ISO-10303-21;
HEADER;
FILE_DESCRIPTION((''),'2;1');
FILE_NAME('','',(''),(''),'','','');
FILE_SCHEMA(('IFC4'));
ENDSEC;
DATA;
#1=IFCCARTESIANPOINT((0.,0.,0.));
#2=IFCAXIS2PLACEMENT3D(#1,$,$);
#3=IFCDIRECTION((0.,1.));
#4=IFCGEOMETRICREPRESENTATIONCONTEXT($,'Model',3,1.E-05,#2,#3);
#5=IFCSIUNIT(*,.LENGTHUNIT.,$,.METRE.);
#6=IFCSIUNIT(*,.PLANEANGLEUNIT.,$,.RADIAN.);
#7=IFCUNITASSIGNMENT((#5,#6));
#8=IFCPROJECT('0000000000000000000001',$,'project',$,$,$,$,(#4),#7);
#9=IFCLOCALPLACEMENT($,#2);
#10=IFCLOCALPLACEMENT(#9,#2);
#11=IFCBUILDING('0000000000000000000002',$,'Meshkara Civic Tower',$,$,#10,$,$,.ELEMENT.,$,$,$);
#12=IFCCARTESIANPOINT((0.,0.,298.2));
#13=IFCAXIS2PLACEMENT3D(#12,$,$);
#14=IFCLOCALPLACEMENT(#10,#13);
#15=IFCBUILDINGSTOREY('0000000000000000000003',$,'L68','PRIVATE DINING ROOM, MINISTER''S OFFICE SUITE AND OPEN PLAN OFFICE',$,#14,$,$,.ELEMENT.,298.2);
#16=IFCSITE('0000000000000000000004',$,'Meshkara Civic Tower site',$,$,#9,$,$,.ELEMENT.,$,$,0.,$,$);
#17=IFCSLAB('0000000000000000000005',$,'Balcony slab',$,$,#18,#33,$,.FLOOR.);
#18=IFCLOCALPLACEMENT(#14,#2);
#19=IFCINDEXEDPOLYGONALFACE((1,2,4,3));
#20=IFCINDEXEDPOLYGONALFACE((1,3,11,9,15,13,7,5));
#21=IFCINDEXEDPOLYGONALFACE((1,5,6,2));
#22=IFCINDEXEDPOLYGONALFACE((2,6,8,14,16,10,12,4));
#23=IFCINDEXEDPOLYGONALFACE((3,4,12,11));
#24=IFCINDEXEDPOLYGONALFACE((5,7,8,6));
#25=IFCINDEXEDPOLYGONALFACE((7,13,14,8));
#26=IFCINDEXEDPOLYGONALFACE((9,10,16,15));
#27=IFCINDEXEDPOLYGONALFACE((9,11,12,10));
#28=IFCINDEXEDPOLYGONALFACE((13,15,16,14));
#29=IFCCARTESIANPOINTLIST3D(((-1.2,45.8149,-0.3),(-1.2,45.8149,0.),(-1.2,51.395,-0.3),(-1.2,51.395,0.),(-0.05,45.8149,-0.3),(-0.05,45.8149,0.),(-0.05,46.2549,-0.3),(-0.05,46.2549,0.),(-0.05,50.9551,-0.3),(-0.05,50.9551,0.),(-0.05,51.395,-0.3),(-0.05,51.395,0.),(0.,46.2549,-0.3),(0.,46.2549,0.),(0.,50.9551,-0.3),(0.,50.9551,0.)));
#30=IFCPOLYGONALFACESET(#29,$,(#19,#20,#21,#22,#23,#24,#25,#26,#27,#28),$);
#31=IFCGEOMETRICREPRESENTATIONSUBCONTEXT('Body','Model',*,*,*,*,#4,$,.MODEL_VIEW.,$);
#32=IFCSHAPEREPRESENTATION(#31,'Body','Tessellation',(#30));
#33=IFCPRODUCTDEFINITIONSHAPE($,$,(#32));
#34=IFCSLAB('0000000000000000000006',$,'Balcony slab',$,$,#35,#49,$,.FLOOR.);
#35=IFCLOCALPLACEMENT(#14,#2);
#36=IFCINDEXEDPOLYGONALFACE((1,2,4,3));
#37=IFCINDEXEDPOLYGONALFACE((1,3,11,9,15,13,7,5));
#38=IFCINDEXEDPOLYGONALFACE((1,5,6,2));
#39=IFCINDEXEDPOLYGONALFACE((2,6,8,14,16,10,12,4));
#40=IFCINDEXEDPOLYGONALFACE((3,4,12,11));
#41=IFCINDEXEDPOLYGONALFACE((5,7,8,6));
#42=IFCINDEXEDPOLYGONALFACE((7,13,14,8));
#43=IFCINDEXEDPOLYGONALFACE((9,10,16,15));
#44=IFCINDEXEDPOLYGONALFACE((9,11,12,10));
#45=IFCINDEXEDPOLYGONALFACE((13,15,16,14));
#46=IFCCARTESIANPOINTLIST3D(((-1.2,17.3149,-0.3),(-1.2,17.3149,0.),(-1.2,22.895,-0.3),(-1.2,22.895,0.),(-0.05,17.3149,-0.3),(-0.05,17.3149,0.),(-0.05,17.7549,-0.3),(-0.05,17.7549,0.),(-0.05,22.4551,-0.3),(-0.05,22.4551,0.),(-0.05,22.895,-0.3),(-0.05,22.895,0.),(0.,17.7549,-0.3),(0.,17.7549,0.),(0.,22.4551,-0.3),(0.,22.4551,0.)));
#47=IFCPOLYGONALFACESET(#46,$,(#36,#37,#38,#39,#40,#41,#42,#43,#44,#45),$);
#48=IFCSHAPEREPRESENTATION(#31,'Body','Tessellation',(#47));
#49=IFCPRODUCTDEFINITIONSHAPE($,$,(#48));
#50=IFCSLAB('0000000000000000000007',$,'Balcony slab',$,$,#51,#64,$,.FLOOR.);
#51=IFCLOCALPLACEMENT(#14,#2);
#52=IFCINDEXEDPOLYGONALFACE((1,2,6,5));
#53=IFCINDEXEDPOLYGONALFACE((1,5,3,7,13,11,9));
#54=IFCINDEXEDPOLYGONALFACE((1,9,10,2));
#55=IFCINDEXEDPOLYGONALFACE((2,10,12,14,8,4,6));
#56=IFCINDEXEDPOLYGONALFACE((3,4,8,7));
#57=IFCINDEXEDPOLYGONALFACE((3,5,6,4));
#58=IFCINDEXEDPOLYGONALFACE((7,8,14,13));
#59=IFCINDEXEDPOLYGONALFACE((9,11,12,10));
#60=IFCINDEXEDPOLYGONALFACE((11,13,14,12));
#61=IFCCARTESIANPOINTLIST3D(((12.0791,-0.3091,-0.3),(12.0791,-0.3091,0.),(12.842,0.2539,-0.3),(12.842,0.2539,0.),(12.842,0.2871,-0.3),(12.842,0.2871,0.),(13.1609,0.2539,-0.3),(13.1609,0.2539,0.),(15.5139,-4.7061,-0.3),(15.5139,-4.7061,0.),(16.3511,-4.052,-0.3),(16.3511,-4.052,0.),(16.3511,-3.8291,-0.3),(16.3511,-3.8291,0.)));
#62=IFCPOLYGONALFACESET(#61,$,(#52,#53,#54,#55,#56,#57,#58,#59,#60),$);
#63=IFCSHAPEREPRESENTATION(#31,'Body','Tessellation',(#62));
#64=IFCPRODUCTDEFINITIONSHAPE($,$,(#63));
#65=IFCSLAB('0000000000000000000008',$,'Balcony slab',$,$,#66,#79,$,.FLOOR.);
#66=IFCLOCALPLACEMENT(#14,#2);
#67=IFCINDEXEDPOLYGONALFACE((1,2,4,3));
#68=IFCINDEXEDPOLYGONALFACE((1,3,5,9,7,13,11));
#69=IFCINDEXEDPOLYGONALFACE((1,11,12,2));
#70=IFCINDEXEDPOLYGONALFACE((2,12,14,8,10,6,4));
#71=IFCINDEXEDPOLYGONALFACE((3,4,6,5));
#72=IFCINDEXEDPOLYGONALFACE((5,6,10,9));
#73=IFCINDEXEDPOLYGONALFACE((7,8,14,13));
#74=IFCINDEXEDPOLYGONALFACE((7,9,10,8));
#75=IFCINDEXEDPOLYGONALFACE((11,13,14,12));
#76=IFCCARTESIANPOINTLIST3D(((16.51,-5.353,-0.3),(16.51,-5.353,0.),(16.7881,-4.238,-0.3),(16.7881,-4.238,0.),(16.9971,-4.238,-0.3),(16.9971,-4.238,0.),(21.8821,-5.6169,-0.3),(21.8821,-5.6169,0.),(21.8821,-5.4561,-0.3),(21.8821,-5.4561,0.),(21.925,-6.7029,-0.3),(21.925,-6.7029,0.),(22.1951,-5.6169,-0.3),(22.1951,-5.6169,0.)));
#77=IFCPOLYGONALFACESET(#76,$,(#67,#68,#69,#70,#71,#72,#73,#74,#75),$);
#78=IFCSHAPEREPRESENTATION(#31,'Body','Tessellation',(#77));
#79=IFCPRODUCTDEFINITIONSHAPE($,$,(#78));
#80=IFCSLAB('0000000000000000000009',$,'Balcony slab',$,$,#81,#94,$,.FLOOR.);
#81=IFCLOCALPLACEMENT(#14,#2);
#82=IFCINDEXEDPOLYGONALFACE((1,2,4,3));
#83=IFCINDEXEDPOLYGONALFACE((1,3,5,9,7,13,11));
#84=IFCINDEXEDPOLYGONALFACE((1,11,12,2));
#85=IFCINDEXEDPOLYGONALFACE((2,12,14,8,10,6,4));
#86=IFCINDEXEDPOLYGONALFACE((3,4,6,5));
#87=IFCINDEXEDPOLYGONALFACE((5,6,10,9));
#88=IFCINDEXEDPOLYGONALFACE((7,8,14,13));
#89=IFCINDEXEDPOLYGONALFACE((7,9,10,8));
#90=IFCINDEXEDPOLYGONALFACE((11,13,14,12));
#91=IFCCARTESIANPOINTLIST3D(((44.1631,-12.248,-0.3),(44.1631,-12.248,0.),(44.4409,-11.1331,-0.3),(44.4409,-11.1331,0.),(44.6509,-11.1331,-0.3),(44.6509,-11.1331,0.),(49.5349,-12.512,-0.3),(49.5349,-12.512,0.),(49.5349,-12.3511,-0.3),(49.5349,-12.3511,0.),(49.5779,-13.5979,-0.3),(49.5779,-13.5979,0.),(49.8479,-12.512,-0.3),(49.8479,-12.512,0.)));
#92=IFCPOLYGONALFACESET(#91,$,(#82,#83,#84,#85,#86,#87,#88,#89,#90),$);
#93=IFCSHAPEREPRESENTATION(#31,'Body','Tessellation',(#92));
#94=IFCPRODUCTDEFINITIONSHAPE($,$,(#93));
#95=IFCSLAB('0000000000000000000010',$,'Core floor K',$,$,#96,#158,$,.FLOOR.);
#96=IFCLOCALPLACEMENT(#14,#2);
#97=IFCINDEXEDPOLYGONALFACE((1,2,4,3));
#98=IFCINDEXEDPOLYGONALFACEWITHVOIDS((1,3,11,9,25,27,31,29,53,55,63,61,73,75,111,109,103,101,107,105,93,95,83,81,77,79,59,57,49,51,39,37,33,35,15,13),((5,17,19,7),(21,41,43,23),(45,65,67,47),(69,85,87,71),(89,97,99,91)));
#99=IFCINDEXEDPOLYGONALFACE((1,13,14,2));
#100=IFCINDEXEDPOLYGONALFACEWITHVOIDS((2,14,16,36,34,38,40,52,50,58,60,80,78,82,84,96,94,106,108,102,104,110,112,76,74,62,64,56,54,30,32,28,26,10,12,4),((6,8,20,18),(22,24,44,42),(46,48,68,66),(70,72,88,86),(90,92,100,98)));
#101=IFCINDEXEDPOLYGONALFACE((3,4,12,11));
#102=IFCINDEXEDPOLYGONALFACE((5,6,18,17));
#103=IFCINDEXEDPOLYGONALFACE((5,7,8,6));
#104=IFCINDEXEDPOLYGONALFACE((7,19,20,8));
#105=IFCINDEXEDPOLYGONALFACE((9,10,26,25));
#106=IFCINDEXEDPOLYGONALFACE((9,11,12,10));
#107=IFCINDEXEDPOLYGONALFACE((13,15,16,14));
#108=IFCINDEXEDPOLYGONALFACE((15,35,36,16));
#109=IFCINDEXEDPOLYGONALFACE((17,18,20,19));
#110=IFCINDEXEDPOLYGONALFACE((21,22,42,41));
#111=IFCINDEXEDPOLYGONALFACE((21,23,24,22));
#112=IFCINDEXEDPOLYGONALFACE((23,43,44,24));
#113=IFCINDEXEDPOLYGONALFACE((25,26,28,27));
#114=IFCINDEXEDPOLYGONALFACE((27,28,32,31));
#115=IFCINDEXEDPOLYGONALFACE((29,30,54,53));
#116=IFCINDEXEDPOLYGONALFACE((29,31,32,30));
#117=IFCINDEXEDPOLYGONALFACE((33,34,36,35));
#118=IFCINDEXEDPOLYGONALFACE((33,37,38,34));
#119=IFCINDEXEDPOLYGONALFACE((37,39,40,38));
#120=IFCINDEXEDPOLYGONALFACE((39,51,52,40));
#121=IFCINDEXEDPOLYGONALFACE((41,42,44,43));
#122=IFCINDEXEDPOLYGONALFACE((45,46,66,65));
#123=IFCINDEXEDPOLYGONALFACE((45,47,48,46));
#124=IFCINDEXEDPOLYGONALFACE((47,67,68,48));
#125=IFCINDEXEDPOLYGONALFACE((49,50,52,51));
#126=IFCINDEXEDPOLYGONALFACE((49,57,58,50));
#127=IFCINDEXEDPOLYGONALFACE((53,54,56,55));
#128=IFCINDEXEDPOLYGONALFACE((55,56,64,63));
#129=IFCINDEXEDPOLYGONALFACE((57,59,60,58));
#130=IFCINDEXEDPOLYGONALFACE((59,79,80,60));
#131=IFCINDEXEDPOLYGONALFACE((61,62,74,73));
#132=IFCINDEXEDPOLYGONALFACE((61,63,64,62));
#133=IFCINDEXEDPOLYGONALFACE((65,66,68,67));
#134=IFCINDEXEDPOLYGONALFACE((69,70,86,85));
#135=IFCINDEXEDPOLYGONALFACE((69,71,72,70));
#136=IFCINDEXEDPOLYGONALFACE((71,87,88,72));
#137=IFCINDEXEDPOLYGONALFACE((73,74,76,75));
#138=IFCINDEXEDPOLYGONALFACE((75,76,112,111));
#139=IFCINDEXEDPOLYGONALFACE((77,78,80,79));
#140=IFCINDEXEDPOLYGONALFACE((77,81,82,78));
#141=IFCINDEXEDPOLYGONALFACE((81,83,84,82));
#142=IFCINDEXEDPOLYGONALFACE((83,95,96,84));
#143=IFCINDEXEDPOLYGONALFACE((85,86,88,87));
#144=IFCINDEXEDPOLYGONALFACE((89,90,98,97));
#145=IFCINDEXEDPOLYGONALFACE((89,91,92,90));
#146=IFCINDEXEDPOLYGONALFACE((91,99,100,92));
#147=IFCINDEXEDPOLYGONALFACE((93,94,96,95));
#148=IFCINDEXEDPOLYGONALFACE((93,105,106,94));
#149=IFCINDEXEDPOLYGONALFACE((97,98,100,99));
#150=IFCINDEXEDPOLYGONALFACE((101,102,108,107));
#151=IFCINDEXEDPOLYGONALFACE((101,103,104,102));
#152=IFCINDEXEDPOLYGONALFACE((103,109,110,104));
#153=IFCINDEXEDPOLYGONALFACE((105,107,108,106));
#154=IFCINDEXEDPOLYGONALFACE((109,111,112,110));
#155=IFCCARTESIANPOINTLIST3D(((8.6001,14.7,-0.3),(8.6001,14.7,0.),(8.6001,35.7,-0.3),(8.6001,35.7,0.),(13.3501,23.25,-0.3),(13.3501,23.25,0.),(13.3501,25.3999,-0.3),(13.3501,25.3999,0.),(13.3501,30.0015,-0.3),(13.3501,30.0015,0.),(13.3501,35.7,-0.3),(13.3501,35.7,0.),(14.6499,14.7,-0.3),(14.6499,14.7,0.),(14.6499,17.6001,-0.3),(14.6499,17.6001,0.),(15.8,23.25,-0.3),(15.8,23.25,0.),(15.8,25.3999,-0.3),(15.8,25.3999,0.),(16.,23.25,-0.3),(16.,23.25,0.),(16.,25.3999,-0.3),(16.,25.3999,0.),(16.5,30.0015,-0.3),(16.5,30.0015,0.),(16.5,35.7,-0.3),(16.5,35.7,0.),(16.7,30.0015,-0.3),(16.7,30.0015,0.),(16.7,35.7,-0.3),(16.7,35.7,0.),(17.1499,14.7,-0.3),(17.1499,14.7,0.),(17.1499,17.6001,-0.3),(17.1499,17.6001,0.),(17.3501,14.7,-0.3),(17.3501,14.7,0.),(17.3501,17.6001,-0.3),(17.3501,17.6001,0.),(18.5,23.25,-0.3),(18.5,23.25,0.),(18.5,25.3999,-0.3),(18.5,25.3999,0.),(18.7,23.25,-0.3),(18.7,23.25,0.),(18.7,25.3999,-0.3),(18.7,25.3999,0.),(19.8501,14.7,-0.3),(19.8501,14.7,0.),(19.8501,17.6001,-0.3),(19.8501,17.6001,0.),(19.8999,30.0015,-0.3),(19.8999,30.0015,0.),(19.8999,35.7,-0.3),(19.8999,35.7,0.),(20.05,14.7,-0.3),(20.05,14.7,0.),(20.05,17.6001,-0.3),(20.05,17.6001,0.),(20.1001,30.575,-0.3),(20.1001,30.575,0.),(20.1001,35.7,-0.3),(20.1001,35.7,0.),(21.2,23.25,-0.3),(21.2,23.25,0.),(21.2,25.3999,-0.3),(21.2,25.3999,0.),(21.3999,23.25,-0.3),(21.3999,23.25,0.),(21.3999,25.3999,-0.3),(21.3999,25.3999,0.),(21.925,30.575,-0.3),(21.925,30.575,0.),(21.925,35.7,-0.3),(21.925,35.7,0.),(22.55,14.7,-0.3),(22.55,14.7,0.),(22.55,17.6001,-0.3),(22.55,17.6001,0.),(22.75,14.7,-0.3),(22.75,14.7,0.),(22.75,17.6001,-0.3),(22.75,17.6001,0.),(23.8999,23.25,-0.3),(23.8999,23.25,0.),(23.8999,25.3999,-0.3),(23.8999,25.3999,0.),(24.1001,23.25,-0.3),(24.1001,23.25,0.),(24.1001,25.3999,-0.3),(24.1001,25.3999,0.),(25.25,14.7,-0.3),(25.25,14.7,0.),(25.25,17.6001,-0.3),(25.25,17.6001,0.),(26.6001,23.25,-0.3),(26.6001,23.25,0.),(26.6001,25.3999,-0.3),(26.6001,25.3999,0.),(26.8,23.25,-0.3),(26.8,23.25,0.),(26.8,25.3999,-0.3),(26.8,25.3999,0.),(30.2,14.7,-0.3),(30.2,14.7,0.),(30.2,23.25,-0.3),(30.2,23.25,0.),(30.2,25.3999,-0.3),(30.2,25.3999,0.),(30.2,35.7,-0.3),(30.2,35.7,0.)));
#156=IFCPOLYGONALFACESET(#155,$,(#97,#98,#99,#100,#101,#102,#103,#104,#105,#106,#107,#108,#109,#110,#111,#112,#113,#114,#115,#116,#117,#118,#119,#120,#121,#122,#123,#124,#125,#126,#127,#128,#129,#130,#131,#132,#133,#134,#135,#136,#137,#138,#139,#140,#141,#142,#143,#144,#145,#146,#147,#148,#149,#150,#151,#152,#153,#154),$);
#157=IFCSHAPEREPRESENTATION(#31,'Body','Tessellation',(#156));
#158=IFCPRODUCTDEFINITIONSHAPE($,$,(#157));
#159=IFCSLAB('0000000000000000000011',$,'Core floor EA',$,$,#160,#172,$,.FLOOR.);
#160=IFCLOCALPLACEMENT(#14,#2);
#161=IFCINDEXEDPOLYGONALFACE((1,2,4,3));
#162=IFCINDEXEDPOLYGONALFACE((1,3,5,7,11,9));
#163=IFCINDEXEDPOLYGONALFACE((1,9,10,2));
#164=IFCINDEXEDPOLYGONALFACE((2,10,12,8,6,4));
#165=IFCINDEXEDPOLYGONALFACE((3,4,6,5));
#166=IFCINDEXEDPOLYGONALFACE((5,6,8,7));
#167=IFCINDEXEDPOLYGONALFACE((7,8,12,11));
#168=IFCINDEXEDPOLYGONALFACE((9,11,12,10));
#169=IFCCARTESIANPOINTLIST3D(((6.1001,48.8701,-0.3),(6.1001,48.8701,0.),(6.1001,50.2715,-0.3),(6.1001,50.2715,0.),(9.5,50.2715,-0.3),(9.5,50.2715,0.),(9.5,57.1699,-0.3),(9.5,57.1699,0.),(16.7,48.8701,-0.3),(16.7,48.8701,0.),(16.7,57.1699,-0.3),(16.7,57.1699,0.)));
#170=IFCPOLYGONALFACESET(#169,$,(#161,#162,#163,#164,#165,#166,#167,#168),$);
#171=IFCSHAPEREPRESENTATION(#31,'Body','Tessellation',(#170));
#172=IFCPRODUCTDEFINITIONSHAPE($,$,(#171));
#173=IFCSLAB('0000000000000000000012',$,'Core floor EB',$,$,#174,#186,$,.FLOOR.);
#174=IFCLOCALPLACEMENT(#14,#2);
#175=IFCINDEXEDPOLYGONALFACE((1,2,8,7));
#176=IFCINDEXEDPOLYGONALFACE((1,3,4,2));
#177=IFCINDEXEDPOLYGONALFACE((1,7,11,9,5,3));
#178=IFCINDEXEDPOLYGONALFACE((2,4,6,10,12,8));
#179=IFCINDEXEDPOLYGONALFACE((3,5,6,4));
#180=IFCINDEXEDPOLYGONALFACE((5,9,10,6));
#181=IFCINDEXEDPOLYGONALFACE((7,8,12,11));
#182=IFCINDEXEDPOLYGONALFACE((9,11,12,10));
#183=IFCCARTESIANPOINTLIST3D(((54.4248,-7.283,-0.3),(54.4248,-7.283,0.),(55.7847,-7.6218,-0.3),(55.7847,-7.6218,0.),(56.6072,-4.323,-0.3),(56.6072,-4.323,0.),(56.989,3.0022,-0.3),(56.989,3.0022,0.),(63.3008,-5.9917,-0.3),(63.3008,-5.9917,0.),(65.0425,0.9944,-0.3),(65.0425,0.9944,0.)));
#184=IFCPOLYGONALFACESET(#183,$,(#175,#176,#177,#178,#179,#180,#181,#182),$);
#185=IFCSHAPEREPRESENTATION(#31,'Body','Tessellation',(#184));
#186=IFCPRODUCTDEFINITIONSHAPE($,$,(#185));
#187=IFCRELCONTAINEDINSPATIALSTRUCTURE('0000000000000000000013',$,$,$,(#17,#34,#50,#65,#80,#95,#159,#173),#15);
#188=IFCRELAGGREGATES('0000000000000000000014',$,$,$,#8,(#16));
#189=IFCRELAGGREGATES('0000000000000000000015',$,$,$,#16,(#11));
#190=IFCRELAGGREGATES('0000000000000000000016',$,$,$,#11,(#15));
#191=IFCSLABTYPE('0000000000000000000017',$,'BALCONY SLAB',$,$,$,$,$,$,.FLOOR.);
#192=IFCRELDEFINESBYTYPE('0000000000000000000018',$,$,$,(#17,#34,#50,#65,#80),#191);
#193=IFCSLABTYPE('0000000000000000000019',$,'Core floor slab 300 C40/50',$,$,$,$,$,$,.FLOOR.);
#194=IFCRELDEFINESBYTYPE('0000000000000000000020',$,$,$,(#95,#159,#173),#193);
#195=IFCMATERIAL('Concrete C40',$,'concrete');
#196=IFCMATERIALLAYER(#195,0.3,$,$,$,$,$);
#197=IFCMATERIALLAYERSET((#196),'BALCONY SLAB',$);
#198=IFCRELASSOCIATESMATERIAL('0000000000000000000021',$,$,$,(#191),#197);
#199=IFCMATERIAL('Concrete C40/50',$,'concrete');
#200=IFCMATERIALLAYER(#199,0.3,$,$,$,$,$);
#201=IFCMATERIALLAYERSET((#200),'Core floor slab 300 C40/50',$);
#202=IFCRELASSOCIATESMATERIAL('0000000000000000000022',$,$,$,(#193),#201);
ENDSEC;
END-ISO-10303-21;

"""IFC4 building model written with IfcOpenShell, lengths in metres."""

from ifc_helpers import new_model, si_unit, direction, frame, origin, place, context, subcontext, project, spatial, polyline, outline, extrude, material, layer, layer_set, type_object, element, save


model = new_model("IFC4")

# Units and contexts
model_context = context("Model", 3, precision=1e-05, world=origin(), true_north=direction((0.0, 1.0)))
body_context = subcontext(model_context, "Body", "Model", "MODEL_VIEW")
ifc_project = project(units=[si_unit("LENGTHUNIT", "METRE"), si_unit("PLANEANGLEUNIT", "RADIAN")], contexts=[model_context])

# Site, building, storey
site_placement = place(None, origin())
site = spatial("IfcSite", under=ifc_project, at=site_placement, Name="Meshkara Civic Tower site", CompositionType="ELEMENT", RefElevation=0.0)
building_placement = place(site_placement, origin())
building = spatial("IfcBuilding", under=site, at=building_placement, Name="Meshkara Civic Tower", CompositionType="ELEMENT")
storey_placement = place(building_placement, frame((0.0, 0.0, 298.2)))
storey = spatial("IfcBuildingStorey", under=building, at=storey_placement, Name="L68", Description="PRIVATE DINING ROOM, MINISTER'S OFFICE SUITE AND OPEN PLAN OFFICE", CompositionType="ELEMENT", Elevation=298.2)

# Slabs
ifc_material_1 = material(Name="Concrete C40", Category="concrete")
ifc_layer_1 = layer(ifc_material_1, 0.3)
ifc_layer_set_1 = layer_set([ifc_layer_1], Name="BALCONY SLAB")
slab_type_1 = type_object("IfcSlabType", Name="BALCONY SLAB", PredefinedType="FLOOR", material=ifc_layer_set_1)
slab_1_placement = place(storey_placement, frame((0.0, 0.0, -0.3)))
element("IfcSlab", 1, at=slab_1_placement, inside=storey, type_object=slab_type_1, Name="Balcony slab", PredefinedType="FLOOR", context=body_context, shape_type="SweptSolid", body=[
    extrude(outline(polyline([(-1.2, 45.8149), (-1.2, 51.395), (-0.05, 51.395), (-0.05, 50.9551), (0.0, 50.9551), (0.0, 46.2549), (-0.05, 46.2549), (-0.05, 45.8149), (-1.2, 45.8149)])), origin(), (0.0, 0.0, 1.0), 0.3),
])
slab_2_placement = place(storey_placement, frame((0.0, 0.0, -0.3)))
element("IfcSlab", 2, at=slab_2_placement, inside=storey, type_object=slab_type_1, Name="Balcony slab", PredefinedType="FLOOR", context=body_context, shape_type="SweptSolid", body=[
    extrude(outline(polyline([(-1.2, 17.3149), (-1.2, 22.895), (-0.05, 22.895), (-0.05, 22.4551), (0.0, 22.4551), (0.0, 17.7549), (-0.05, 17.7549), (-0.05, 17.3149), (-1.2, 17.3149)])), origin(), (0.0, 0.0, 1.0), 0.3),
])
slab_3_placement = place(storey_placement, frame((0.0, 0.0, -0.3)))
element("IfcSlab", 3, at=slab_3_placement, inside=storey, type_object=slab_type_1, Name="Balcony slab", PredefinedType="FLOOR", context=body_context, shape_type="SweptSolid", body=[
    extrude(outline(polyline([(15.5139, -4.7061), (12.0791, -0.3091), (12.842, 0.2871), (12.842, 0.2539), (13.1609, 0.2539), (16.3511, -3.8291), (16.3511, -4.052), (15.5139, -4.7061)])), origin(), (0.0, 0.0, 1.0), 0.3),
])
slab_4_placement = place(storey_placement, frame((0.0, 0.0, -0.3)))
element("IfcSlab", 4, at=slab_4_placement, inside=storey, type_object=slab_type_1, Name="Balcony slab", PredefinedType="FLOOR", context=body_context, shape_type="SweptSolid", body=[
    extrude(outline(polyline([(21.925, -6.7029), (16.51, -5.353), (16.7881, -4.238), (16.9971, -4.238), (21.8821, -5.4561), (21.8821, -5.6169), (22.1951, -5.6169), (21.925, -6.7029)])), origin(), (0.0, 0.0, 1.0), 0.3),
])
slab_5_placement = place(storey_placement, frame((0.0, 0.0, -0.3)))
element("IfcSlab", 5, at=slab_5_placement, inside=storey, type_object=slab_type_1, Name="Balcony slab", PredefinedType="FLOOR", context=body_context, shape_type="SweptSolid", body=[
    extrude(outline(polyline([(49.5779, -13.5979), (44.1631, -12.248), (44.4409, -11.1331), (44.6509, -11.1331), (49.5349, -12.3511), (49.5349, -12.512), (49.8479, -12.512), (49.5779, -13.5979)])), origin(), (0.0, 0.0, 1.0), 0.3),
])
ifc_material_2 = material(Name="Concrete C40/50", Category="concrete")
ifc_layer_2 = layer(ifc_material_2, 0.3)
ifc_layer_set_2 = layer_set([ifc_layer_2], Name="Core floor slab 300 C40/50")
slab_type_2 = type_object("IfcSlabType", Name="Core floor slab 300 C40/50", PredefinedType="FLOOR", material=ifc_layer_set_2)
slab_6_placement = place(storey_placement, frame((0.0, 0.0, -0.3)))
element("IfcSlab", 6, at=slab_6_placement, inside=storey, type_object=slab_type_2, Name="Core floor K", PredefinedType="FLOOR", context=body_context, shape_type="SweptSolid", body=[
    extrude(outline(polyline([(8.6001, 35.7), (13.3501, 35.7), (13.3501, 30.0015), (16.5, 30.0015), (16.5, 35.7), (16.7, 35.7), (16.7, 30.0015), (19.8999, 30.0015), (19.8999, 35.7), (20.1001, 35.7), (20.1001, 30.575), (21.925, 30.575), (21.925, 35.7), (30.2, 35.7), (30.2, 25.3999), (26.8, 25.3999), (26.8, 23.25), (30.2, 23.25), (30.2, 14.7), (25.25, 14.7), (25.25, 17.6001), (22.75, 17.6001), (22.75, 14.7), (22.55, 14.7), (22.55, 17.6001), (20.05, 17.6001), (20.05, 14.7), (19.8501, 14.7), (19.8501, 17.6001), (17.3501, 17.6001), (17.3501, 14.7), (17.1499, 14.7), (17.1499, 17.6001), (14.6499, 17.6001), (14.6499, 14.7), (8.6001, 14.7), (8.6001, 35.7)]), holes=[polyline([(13.3501, 25.3999), (13.3501, 23.25), (15.8, 23.25), (15.8, 25.3999), (13.3501, 25.3999)]), polyline([(18.5, 25.3999), (16.0, 25.3999), (16.0, 23.25), (18.5, 23.25), (18.5, 25.3999)]), polyline([(18.7, 25.3999), (18.7, 23.25), (21.2, 23.25), (21.2, 25.3999), (18.7, 25.3999)]), polyline([(23.8999, 23.25), (23.8999, 25.3999), (21.3999, 25.3999), (21.3999, 23.25), (23.8999, 23.25)]), polyline([(26.6001, 25.3999), (24.1001, 25.3999), (24.1001, 23.25), (26.6001, 23.25), (26.6001, 25.3999)])]), origin(), (0.0, 0.0, 1.0), 0.3),
])
slab_7_placement = place(storey_placement, frame((0.0, 0.0, -0.3)))
element("IfcSlab", 7, at=slab_7_placement, inside=storey, type_object=slab_type_2, Name="Core floor EA", PredefinedType="FLOOR", context=body_context, shape_type="SweptSolid", body=[
    extrude(outline(polyline([(16.7, 48.8701), (16.7, 57.1699), (9.5, 57.1699), (9.5, 50.2715), (6.1001, 50.2715), (6.1001, 48.8701), (16.7, 48.8701)])), origin(), (0.0, 0.0, 1.0), 0.3),
])
slab_8_placement = place(storey_placement, frame((0.0, 0.0, -0.3)))
element("IfcSlab", 8, at=slab_8_placement, inside=storey, type_object=slab_type_2, Name="Core floor EB", PredefinedType="FLOOR", context=body_context, shape_type="SweptSolid", body=[
    extrude(outline(polyline([(56.989, 3.0022), (65.0425, 0.9944), (63.3008, -5.9917), (56.6072, -4.323), (55.7847, -7.6218), (54.4248, -7.283), (56.989, 3.0022)])), origin(), (0.0, 0.0, 1.0), 0.3),
])

save(model, "model.ifc")
